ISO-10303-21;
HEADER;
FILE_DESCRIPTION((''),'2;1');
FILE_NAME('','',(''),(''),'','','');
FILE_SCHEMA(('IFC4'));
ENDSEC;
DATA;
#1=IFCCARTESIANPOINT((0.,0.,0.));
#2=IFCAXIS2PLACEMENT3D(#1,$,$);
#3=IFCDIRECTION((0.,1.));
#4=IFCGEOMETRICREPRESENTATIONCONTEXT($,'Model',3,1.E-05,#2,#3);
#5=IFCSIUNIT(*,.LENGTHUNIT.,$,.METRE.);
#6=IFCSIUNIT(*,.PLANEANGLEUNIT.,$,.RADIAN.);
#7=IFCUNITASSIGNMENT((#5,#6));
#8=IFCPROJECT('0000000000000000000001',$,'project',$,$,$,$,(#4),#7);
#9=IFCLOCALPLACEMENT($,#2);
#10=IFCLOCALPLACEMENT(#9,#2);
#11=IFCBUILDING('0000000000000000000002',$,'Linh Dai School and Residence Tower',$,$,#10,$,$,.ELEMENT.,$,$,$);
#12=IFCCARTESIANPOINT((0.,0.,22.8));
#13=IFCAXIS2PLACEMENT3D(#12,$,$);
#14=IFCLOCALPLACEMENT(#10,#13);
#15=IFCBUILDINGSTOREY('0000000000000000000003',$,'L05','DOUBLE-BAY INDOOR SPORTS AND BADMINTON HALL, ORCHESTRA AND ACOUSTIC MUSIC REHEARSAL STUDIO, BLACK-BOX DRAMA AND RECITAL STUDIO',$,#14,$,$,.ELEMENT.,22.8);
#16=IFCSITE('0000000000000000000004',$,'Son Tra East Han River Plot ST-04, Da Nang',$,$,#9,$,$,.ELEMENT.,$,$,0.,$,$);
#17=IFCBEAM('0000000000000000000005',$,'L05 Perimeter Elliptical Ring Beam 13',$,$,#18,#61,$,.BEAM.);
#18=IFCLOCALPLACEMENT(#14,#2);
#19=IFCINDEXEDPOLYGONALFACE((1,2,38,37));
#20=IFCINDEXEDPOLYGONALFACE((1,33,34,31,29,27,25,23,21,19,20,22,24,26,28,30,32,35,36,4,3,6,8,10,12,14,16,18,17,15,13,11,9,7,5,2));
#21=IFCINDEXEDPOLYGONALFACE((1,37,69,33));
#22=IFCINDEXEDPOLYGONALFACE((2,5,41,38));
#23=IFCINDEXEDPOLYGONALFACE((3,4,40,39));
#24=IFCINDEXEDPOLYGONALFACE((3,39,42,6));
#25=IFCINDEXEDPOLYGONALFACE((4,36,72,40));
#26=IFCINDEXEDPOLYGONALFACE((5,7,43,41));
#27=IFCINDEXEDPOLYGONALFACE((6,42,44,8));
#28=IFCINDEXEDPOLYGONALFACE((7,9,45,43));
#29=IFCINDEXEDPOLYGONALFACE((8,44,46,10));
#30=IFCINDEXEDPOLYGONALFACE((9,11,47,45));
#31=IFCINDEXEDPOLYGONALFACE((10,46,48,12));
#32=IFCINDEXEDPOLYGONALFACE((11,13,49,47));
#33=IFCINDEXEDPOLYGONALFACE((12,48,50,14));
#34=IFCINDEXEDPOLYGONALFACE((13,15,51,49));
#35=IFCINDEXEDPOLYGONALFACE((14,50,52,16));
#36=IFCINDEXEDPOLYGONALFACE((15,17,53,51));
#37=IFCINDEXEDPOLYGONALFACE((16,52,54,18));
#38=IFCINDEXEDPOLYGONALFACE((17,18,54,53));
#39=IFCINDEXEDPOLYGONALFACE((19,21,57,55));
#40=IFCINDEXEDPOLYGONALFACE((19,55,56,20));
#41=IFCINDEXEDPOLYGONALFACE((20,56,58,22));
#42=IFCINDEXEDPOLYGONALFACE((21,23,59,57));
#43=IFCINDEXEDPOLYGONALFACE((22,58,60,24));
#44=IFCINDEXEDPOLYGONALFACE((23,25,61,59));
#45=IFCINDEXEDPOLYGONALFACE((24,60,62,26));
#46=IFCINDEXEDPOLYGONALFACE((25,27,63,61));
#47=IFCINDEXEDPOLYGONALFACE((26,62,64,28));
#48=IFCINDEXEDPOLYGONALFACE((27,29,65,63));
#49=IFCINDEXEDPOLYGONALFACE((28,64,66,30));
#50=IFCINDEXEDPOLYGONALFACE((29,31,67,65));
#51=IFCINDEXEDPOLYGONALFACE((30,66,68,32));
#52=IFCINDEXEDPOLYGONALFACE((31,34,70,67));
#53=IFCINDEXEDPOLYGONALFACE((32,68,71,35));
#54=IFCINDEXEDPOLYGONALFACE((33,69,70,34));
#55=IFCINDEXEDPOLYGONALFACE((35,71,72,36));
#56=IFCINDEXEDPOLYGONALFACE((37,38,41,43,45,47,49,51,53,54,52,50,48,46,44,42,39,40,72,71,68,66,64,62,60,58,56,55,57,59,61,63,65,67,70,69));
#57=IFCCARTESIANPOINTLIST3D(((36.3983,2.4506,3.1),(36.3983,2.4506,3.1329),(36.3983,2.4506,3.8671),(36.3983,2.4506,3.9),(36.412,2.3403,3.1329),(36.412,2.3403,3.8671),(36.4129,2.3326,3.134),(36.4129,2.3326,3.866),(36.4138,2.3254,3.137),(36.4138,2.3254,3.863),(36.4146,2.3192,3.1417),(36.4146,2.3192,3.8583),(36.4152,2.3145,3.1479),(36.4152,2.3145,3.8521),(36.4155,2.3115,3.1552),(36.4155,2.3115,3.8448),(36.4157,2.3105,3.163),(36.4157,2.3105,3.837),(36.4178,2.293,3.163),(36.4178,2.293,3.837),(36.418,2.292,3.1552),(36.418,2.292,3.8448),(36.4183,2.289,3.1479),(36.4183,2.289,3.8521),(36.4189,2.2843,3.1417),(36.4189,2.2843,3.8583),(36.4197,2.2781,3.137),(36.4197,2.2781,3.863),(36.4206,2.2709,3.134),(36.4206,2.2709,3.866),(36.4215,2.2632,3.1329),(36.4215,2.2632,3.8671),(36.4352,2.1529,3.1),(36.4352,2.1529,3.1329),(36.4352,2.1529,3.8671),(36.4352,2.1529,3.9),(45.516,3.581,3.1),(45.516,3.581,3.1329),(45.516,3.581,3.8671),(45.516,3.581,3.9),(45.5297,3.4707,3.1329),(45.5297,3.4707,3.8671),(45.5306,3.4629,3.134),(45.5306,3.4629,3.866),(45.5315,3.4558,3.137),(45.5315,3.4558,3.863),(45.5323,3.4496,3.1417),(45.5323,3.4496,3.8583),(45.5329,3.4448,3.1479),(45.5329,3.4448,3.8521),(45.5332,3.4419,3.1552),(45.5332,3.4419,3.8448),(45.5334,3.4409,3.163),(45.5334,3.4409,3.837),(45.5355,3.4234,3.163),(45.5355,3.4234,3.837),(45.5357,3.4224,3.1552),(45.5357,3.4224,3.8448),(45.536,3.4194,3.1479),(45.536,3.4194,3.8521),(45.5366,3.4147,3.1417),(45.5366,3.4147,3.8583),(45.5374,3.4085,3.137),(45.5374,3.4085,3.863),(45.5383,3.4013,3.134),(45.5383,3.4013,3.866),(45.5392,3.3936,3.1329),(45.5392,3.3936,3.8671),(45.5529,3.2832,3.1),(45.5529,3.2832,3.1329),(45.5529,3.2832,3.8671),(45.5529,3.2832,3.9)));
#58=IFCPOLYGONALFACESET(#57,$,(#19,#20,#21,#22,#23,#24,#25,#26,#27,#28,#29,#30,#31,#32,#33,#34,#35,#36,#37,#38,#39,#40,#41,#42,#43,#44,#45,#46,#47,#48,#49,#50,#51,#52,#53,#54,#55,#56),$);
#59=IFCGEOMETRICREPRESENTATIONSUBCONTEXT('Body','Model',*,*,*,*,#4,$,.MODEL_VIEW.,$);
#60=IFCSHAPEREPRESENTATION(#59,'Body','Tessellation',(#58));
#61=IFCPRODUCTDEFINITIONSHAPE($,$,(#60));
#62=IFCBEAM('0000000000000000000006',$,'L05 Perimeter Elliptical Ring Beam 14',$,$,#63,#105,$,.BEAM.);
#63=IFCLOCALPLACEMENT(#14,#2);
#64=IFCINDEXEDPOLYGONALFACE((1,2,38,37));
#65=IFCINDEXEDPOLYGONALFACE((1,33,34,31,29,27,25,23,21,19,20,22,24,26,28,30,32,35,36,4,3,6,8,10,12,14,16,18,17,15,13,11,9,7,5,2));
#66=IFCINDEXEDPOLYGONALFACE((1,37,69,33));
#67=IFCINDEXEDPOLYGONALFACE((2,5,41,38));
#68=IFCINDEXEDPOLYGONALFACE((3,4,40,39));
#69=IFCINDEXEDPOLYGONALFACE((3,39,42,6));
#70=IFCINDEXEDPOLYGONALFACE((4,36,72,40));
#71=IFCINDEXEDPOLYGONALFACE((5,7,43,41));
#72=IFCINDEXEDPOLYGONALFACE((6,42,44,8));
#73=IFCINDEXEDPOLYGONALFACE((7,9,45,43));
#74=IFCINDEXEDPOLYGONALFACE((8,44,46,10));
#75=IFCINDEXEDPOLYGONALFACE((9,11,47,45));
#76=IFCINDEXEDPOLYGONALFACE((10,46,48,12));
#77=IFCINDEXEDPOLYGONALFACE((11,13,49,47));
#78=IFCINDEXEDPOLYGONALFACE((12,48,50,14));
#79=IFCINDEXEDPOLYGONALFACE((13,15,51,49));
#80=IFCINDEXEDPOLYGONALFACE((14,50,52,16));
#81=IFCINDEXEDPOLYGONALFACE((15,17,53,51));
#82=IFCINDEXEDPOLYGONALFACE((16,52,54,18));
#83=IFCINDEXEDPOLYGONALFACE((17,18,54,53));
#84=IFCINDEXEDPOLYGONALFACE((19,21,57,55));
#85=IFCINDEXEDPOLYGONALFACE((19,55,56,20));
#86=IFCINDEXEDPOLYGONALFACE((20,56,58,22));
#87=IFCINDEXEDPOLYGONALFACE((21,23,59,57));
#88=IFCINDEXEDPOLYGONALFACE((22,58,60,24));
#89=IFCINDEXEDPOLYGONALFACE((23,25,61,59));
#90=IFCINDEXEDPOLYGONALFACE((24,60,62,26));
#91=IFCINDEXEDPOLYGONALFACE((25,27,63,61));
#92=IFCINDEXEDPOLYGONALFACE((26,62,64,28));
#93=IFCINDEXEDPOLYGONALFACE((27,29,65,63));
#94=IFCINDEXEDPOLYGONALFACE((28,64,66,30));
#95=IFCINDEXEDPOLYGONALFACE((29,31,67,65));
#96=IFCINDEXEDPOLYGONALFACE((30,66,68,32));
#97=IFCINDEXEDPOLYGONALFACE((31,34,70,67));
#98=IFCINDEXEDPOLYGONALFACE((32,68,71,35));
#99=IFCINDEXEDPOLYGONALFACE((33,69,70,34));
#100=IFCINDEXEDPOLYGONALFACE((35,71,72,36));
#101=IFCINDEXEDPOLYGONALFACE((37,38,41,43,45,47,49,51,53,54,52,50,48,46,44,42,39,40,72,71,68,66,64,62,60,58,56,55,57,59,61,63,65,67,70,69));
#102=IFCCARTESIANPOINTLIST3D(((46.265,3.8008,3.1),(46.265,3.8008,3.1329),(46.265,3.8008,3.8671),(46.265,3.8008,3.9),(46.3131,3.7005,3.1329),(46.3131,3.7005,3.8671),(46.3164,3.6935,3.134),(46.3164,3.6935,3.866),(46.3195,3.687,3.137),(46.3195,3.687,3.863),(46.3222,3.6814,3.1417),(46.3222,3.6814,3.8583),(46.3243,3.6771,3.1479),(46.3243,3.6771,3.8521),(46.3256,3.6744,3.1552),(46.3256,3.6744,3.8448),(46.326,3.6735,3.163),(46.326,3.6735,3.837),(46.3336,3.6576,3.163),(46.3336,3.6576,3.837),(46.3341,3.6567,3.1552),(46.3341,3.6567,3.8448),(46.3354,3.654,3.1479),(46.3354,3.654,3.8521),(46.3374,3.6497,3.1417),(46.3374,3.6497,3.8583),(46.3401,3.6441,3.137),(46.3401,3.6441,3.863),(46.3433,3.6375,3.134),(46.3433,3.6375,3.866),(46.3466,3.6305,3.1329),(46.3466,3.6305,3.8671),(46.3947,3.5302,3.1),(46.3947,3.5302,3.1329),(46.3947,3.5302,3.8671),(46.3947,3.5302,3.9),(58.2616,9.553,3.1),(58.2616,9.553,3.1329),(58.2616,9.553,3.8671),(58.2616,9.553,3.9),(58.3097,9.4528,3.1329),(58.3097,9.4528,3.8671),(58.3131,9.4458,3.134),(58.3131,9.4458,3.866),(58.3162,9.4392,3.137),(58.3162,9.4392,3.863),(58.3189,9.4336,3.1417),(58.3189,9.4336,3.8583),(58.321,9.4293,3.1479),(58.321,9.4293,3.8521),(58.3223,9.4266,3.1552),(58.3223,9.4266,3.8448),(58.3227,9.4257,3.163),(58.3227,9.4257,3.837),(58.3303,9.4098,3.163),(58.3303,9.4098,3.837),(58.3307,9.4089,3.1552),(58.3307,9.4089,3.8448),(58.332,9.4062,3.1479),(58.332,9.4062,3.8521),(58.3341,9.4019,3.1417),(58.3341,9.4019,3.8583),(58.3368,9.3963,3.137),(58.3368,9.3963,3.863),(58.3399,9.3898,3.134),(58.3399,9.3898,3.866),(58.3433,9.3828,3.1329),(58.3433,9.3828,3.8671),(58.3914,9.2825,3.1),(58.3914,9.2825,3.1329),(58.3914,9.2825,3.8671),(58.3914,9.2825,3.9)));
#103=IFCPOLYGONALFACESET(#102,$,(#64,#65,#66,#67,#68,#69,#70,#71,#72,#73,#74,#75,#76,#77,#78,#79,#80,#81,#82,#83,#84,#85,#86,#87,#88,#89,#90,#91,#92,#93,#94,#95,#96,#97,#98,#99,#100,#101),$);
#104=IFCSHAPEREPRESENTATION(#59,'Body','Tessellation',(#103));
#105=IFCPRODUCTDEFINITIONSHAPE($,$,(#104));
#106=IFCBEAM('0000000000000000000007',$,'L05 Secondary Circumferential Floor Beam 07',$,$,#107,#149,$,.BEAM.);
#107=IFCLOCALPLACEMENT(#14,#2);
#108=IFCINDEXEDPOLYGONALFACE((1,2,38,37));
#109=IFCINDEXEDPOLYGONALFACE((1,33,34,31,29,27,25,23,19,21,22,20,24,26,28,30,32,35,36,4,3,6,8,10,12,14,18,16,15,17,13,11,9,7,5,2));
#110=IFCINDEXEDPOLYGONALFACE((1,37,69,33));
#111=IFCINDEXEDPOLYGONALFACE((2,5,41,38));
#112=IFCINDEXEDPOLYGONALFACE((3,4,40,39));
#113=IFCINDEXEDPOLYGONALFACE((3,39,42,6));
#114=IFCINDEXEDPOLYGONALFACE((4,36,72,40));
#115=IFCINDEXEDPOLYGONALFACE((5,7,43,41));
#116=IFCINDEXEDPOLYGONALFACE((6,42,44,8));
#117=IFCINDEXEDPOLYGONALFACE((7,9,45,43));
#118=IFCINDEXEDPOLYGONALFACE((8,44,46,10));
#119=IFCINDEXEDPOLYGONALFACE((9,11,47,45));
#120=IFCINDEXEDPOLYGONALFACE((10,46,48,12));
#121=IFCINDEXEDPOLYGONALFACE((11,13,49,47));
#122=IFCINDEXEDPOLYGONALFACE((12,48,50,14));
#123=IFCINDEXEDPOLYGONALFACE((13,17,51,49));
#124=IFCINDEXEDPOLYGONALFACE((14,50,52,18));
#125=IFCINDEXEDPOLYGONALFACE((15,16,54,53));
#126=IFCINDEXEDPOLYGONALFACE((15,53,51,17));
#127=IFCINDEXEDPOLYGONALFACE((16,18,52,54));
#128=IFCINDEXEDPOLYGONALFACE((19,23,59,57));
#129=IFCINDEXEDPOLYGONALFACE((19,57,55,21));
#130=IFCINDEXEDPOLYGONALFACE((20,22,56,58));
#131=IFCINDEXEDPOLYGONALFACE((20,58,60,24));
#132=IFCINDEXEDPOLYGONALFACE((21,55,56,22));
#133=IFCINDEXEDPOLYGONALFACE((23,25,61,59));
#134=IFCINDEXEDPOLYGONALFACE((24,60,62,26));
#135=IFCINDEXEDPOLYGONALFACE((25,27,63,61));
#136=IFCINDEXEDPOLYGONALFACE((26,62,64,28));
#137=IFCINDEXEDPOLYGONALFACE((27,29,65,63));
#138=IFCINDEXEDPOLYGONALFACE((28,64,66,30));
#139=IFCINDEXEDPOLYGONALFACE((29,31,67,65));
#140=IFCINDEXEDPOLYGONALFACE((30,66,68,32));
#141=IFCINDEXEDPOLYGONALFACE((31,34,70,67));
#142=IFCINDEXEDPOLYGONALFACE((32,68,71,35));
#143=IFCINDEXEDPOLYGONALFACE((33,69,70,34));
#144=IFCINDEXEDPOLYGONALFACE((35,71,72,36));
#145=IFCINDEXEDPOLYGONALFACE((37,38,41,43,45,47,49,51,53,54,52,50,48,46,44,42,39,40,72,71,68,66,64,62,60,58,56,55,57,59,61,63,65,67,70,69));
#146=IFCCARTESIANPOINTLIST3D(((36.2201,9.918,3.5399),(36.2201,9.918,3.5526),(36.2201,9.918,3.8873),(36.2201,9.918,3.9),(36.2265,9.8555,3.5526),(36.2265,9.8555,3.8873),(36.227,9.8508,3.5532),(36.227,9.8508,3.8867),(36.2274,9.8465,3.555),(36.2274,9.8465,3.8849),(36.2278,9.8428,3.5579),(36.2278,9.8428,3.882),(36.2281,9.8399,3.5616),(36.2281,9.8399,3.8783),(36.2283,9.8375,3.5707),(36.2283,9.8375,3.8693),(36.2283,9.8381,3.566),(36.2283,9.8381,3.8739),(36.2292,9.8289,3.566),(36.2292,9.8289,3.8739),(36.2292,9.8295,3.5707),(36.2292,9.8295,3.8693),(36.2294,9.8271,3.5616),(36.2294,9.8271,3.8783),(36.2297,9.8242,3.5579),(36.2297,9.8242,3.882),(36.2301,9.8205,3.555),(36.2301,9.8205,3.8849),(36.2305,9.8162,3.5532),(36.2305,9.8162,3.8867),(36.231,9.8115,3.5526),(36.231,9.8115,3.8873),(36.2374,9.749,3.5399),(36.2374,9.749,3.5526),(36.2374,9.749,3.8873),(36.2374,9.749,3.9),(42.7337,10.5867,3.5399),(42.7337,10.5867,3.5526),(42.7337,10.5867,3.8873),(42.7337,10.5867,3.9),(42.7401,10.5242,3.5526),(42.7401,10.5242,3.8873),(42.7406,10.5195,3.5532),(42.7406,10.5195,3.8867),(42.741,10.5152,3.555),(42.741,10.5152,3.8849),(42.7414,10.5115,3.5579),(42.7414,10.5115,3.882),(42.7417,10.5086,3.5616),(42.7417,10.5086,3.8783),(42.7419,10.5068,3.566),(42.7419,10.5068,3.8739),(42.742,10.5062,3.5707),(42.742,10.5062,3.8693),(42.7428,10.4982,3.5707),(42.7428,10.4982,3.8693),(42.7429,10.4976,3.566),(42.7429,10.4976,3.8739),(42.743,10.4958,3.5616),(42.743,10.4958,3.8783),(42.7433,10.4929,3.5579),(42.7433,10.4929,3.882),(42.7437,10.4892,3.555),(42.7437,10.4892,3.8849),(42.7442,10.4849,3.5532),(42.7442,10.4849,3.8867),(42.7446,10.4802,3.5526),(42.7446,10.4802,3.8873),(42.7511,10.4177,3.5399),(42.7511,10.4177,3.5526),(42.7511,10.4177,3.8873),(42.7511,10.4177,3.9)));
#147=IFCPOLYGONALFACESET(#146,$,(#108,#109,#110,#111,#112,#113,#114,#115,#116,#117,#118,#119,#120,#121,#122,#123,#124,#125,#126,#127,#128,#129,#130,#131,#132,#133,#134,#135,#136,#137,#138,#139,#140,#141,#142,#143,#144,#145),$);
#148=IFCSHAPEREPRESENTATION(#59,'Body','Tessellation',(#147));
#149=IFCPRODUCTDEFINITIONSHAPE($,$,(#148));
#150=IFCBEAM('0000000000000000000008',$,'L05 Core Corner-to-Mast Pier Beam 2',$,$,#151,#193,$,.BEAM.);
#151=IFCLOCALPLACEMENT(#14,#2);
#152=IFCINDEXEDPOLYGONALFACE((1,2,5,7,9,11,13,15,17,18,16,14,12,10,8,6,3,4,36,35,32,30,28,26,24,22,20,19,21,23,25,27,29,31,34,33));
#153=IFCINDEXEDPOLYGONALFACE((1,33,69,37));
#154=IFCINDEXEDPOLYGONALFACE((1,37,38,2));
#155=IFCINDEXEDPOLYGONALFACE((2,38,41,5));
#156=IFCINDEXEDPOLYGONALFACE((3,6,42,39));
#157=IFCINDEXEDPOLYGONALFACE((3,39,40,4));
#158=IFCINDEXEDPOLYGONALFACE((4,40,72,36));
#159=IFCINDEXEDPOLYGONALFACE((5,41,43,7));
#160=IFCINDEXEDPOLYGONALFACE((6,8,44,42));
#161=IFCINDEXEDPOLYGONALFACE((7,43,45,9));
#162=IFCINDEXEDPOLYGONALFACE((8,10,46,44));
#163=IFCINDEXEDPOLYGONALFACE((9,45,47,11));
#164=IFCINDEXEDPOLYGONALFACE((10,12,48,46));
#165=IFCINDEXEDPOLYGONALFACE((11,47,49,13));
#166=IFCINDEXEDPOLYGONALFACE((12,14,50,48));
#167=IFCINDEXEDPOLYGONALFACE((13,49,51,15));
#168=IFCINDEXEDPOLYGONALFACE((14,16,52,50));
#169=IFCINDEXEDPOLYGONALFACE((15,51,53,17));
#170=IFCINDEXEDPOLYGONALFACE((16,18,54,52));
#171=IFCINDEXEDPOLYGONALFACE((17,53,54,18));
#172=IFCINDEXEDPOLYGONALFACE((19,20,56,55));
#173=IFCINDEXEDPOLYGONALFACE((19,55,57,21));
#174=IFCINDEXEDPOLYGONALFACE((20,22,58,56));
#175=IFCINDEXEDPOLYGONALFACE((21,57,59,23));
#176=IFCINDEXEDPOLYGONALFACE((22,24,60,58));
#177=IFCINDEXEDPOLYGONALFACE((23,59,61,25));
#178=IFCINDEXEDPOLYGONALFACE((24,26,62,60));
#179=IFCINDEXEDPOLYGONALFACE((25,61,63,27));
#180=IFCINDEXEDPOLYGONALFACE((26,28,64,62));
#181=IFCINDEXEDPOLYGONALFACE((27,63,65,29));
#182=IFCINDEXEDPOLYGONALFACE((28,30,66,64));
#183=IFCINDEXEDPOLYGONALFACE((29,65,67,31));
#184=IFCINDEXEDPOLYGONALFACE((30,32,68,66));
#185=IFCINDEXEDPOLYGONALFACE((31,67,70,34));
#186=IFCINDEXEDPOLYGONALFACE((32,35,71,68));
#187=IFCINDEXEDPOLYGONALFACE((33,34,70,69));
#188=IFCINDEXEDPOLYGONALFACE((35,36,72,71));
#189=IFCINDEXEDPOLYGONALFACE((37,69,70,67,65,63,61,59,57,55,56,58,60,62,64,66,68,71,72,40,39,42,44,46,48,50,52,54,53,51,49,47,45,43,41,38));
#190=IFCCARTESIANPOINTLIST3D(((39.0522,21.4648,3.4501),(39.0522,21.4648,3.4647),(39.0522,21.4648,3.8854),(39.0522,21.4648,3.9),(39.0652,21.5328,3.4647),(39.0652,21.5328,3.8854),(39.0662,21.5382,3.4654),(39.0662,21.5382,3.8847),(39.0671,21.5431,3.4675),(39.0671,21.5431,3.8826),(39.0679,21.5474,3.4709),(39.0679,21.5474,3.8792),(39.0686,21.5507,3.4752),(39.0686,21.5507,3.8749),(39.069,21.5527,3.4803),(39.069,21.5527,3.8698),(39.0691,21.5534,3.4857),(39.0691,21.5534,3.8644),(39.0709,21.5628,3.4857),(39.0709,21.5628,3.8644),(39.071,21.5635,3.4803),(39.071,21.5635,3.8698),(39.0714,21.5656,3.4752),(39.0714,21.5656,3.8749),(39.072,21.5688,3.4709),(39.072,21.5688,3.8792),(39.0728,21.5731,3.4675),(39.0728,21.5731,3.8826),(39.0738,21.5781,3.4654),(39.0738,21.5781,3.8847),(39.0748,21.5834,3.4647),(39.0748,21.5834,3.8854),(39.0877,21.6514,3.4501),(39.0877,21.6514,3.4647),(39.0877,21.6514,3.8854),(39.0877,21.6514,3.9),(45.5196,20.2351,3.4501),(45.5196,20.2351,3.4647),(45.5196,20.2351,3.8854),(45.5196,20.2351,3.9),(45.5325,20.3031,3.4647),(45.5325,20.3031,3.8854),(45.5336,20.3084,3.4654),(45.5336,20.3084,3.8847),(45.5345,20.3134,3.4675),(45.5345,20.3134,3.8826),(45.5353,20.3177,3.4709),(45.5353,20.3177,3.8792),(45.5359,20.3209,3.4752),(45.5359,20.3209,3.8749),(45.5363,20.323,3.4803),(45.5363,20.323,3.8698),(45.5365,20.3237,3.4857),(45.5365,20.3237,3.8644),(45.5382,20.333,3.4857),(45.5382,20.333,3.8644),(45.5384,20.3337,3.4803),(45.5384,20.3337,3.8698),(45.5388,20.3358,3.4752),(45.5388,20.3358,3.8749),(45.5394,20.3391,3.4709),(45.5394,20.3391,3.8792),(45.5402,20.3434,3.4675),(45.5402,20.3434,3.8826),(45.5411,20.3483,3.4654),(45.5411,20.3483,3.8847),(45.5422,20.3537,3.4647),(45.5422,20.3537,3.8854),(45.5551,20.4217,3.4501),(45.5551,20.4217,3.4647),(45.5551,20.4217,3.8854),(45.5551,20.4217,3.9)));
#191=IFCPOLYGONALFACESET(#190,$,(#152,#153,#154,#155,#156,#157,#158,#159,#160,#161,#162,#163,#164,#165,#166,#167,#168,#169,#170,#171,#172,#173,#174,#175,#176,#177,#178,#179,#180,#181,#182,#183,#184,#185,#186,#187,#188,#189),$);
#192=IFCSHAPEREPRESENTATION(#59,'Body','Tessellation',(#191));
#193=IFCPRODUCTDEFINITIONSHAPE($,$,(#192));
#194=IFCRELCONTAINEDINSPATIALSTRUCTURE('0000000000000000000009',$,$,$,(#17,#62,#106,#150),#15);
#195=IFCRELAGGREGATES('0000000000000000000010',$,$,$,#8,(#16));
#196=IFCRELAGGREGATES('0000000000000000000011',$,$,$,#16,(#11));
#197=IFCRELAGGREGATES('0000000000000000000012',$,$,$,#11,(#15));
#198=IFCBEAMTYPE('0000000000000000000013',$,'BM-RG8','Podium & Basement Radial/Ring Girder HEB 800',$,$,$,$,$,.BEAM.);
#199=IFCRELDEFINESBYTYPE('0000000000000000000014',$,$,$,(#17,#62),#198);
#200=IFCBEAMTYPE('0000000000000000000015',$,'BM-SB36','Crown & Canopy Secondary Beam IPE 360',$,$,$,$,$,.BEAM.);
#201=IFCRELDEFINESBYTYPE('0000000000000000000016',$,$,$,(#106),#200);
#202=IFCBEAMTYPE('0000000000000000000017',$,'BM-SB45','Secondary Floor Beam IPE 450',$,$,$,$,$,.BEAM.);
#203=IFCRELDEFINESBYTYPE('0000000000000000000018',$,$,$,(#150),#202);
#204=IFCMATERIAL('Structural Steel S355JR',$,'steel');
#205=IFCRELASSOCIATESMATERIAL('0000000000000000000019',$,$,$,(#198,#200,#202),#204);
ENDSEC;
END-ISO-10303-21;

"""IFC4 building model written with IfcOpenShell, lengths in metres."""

from ifc_helpers import new_model, si_unit, direction, frame, origin, origin_2d, place, context, subcontext, project, spatial, i_section, extrude, material, material_profile, profile_set, type_object, element, save


model = new_model("IFC4")

# Units and contexts
model_context = context("Model", 3, precision=1e-05, world=origin(), true_north=direction((0.0, 1.0)))
body_context = subcontext(model_context, "Body", "Model", "MODEL_VIEW")
ifc_project = project(units=[si_unit("LENGTHUNIT", "METRE"), si_unit("PLANEANGLEUNIT", "RADIAN")], contexts=[model_context])

# Site, building, storey
site_placement = place(None, origin())
site = spatial("IfcSite", under=ifc_project, at=site_placement, Name="Son Tra East Han River Plot ST-04, Da Nang", CompositionType="ELEMENT", RefElevation=0.0)
building_placement = place(site_placement, origin())
building = spatial("IfcBuilding", under=site, at=building_placement, Name="Linh Dai School and Residence Tower", CompositionType="ELEMENT")
storey_placement = place(building_placement, frame((0.0, 0.0, 22.8)))
storey = spatial("IfcBuildingStorey", under=building, at=storey_placement, Name="L05", Description="DOUBLE-BAY INDOOR SPORTS AND BADMINTON HALL, ORCHESTRA AND ACOUSTIC MUSIC REHEARSAL STUDIO, BLACK-BOX DRAMA AND RECITAL STUDIO", CompositionType="ELEMENT", Elevation=22.8)

# Shared definitions
ifc_material_1 = material(Name="Structural Steel S355JR", Category="steel")

# Beams
ifc_material_profile_1 = material_profile(ifc_material_1, i_section(OverallWidth=0.3, OverallDepth=0.8, WebThickness=0.0176, FlangeThickness=0.033, FilletRadius=0.03, at=origin_2d()), Name="HEB 800")
ifc_profile_set_1 = profile_set([ifc_material_profile_1], Name="Structural Steel S355JR")
beam_type_1 = type_object("IfcBeamType", Name="BM-RG8", Description="Podium & Basement Radial/Ring Girder HEB 800", PredefinedType="BEAM", material=ifc_profile_set_1)
beam_1_placement = place(storey_placement, frame((36.4167, 2.3018, 3.5), z_axis=(0.992402, 0.123034, 0.0), x_axis=(-0.123034, 0.992402, 0.0)))
element("IfcBeam", 1, at=beam_1_placement, inside=storey, type_object=beam_type_1, Name="L05 Perimeter Elliptical Ring Beam 13", PredefinedType="BEAM", context=body_context, shape_type="SweptSolid", body=[
    extrude(i_section(OverallWidth=0.3, OverallDepth=0.8, WebThickness=0.0176, FlangeThickness=0.033, FilletRadius=0.03, at=origin_2d()), origin(), (0.0, 0.0, 1.0), 9.1875),
])
beam_2_placement = place(storey_placement, frame((46.3298, 3.6655, 3.5), z_axis=(0.901704, 0.432355, 0.0), x_axis=(-0.432355, 0.901704, 0.0)))
element("IfcBeam", 2, at=beam_2_placement, inside=storey, type_object=beam_type_1, Name="L05 Perimeter Elliptical Ring Beam 14", PredefinedType="BEAM", context=body_context, shape_type="SweptSolid", body=[
    extrude(i_section(OverallWidth=0.3, OverallDepth=0.8, WebThickness=0.0176, FlangeThickness=0.033, FilletRadius=0.03, at=origin_2d()), origin(), (0.0, 0.0, 1.0), 13.3044),
])
ifc_material_profile_2 = material_profile(ifc_material_1, i_section(OverallWidth=0.1699, OverallDepth=0.3601, WebThickness=0.0081, FlangeThickness=0.0127, FilletRadius=0.0181, at=origin_2d()), Name="IPE 360")
ifc_profile_set_2 = profile_set([ifc_material_profile_2], Name="Structural Steel S355JR")
beam_type_2 = type_object("IfcBeamType", Name="BM-SB36", Description="Crown & Canopy Secondary Beam IPE 360", PredefinedType="BEAM", material=ifc_profile_set_2)
beam_3_placement = place(storey_placement, frame((36.2288, 9.8335, 3.72), z_axis=(0.994772, 0.102124, 0.0), x_axis=(-0.102124, 0.994772, 0.0)))
element("IfcBeam", 3, at=beam_3_placement, inside=storey, type_object=beam_type_2, Name="L05 Secondary Circumferential Floor Beam 07", PredefinedType="BEAM", context=body_context, shape_type="SweptSolid", body=[
    extrude(i_section(OverallWidth=0.1699, OverallDepth=0.3601, WebThickness=0.0081, FlangeThickness=0.0127, FilletRadius=0.0181, at=origin_2d()), origin(), (0.0, 0.0, 1.0), 6.5479),
])
ifc_material_profile_3 = material_profile(ifc_material_1, i_section(OverallWidth=0.1899, OverallDepth=0.45, WebThickness=0.0095, FlangeThickness=0.0146, FilletRadius=0.021, at=origin_2d()), Name="IPE 450")
ifc_profile_set_3 = profile_set([ifc_material_profile_3], Name="Structural Steel S355JR")
beam_type_3 = type_object("IfcBeamType", Name="BM-SB45", Description="Secondary Floor Beam IPE 450", PredefinedType="BEAM", material=ifc_profile_set_3)
beam_4_placement = place(storey_placement, frame((45.5374, 20.3284, 3.675), z_axis=(-0.982398, 0.1868, 0.0), x_axis=(-0.1868, -0.982398, 0.0)))
element("IfcBeam", 4, at=beam_4_placement, inside=storey, type_object=beam_type_3, Name="L05 Core Corner-to-Mast Pier Beam 2", PredefinedType="BEAM", context=body_context, shape_type="SweptSolid", body=[
    extrude(i_section(OverallWidth=0.1899, OverallDepth=0.45, WebThickness=0.0095, FlangeThickness=0.0146, FilletRadius=0.021, at=origin_2d()), origin(), (0.0, 0.0, 1.0), 6.5833),
])

save(model, "model.ifc")
